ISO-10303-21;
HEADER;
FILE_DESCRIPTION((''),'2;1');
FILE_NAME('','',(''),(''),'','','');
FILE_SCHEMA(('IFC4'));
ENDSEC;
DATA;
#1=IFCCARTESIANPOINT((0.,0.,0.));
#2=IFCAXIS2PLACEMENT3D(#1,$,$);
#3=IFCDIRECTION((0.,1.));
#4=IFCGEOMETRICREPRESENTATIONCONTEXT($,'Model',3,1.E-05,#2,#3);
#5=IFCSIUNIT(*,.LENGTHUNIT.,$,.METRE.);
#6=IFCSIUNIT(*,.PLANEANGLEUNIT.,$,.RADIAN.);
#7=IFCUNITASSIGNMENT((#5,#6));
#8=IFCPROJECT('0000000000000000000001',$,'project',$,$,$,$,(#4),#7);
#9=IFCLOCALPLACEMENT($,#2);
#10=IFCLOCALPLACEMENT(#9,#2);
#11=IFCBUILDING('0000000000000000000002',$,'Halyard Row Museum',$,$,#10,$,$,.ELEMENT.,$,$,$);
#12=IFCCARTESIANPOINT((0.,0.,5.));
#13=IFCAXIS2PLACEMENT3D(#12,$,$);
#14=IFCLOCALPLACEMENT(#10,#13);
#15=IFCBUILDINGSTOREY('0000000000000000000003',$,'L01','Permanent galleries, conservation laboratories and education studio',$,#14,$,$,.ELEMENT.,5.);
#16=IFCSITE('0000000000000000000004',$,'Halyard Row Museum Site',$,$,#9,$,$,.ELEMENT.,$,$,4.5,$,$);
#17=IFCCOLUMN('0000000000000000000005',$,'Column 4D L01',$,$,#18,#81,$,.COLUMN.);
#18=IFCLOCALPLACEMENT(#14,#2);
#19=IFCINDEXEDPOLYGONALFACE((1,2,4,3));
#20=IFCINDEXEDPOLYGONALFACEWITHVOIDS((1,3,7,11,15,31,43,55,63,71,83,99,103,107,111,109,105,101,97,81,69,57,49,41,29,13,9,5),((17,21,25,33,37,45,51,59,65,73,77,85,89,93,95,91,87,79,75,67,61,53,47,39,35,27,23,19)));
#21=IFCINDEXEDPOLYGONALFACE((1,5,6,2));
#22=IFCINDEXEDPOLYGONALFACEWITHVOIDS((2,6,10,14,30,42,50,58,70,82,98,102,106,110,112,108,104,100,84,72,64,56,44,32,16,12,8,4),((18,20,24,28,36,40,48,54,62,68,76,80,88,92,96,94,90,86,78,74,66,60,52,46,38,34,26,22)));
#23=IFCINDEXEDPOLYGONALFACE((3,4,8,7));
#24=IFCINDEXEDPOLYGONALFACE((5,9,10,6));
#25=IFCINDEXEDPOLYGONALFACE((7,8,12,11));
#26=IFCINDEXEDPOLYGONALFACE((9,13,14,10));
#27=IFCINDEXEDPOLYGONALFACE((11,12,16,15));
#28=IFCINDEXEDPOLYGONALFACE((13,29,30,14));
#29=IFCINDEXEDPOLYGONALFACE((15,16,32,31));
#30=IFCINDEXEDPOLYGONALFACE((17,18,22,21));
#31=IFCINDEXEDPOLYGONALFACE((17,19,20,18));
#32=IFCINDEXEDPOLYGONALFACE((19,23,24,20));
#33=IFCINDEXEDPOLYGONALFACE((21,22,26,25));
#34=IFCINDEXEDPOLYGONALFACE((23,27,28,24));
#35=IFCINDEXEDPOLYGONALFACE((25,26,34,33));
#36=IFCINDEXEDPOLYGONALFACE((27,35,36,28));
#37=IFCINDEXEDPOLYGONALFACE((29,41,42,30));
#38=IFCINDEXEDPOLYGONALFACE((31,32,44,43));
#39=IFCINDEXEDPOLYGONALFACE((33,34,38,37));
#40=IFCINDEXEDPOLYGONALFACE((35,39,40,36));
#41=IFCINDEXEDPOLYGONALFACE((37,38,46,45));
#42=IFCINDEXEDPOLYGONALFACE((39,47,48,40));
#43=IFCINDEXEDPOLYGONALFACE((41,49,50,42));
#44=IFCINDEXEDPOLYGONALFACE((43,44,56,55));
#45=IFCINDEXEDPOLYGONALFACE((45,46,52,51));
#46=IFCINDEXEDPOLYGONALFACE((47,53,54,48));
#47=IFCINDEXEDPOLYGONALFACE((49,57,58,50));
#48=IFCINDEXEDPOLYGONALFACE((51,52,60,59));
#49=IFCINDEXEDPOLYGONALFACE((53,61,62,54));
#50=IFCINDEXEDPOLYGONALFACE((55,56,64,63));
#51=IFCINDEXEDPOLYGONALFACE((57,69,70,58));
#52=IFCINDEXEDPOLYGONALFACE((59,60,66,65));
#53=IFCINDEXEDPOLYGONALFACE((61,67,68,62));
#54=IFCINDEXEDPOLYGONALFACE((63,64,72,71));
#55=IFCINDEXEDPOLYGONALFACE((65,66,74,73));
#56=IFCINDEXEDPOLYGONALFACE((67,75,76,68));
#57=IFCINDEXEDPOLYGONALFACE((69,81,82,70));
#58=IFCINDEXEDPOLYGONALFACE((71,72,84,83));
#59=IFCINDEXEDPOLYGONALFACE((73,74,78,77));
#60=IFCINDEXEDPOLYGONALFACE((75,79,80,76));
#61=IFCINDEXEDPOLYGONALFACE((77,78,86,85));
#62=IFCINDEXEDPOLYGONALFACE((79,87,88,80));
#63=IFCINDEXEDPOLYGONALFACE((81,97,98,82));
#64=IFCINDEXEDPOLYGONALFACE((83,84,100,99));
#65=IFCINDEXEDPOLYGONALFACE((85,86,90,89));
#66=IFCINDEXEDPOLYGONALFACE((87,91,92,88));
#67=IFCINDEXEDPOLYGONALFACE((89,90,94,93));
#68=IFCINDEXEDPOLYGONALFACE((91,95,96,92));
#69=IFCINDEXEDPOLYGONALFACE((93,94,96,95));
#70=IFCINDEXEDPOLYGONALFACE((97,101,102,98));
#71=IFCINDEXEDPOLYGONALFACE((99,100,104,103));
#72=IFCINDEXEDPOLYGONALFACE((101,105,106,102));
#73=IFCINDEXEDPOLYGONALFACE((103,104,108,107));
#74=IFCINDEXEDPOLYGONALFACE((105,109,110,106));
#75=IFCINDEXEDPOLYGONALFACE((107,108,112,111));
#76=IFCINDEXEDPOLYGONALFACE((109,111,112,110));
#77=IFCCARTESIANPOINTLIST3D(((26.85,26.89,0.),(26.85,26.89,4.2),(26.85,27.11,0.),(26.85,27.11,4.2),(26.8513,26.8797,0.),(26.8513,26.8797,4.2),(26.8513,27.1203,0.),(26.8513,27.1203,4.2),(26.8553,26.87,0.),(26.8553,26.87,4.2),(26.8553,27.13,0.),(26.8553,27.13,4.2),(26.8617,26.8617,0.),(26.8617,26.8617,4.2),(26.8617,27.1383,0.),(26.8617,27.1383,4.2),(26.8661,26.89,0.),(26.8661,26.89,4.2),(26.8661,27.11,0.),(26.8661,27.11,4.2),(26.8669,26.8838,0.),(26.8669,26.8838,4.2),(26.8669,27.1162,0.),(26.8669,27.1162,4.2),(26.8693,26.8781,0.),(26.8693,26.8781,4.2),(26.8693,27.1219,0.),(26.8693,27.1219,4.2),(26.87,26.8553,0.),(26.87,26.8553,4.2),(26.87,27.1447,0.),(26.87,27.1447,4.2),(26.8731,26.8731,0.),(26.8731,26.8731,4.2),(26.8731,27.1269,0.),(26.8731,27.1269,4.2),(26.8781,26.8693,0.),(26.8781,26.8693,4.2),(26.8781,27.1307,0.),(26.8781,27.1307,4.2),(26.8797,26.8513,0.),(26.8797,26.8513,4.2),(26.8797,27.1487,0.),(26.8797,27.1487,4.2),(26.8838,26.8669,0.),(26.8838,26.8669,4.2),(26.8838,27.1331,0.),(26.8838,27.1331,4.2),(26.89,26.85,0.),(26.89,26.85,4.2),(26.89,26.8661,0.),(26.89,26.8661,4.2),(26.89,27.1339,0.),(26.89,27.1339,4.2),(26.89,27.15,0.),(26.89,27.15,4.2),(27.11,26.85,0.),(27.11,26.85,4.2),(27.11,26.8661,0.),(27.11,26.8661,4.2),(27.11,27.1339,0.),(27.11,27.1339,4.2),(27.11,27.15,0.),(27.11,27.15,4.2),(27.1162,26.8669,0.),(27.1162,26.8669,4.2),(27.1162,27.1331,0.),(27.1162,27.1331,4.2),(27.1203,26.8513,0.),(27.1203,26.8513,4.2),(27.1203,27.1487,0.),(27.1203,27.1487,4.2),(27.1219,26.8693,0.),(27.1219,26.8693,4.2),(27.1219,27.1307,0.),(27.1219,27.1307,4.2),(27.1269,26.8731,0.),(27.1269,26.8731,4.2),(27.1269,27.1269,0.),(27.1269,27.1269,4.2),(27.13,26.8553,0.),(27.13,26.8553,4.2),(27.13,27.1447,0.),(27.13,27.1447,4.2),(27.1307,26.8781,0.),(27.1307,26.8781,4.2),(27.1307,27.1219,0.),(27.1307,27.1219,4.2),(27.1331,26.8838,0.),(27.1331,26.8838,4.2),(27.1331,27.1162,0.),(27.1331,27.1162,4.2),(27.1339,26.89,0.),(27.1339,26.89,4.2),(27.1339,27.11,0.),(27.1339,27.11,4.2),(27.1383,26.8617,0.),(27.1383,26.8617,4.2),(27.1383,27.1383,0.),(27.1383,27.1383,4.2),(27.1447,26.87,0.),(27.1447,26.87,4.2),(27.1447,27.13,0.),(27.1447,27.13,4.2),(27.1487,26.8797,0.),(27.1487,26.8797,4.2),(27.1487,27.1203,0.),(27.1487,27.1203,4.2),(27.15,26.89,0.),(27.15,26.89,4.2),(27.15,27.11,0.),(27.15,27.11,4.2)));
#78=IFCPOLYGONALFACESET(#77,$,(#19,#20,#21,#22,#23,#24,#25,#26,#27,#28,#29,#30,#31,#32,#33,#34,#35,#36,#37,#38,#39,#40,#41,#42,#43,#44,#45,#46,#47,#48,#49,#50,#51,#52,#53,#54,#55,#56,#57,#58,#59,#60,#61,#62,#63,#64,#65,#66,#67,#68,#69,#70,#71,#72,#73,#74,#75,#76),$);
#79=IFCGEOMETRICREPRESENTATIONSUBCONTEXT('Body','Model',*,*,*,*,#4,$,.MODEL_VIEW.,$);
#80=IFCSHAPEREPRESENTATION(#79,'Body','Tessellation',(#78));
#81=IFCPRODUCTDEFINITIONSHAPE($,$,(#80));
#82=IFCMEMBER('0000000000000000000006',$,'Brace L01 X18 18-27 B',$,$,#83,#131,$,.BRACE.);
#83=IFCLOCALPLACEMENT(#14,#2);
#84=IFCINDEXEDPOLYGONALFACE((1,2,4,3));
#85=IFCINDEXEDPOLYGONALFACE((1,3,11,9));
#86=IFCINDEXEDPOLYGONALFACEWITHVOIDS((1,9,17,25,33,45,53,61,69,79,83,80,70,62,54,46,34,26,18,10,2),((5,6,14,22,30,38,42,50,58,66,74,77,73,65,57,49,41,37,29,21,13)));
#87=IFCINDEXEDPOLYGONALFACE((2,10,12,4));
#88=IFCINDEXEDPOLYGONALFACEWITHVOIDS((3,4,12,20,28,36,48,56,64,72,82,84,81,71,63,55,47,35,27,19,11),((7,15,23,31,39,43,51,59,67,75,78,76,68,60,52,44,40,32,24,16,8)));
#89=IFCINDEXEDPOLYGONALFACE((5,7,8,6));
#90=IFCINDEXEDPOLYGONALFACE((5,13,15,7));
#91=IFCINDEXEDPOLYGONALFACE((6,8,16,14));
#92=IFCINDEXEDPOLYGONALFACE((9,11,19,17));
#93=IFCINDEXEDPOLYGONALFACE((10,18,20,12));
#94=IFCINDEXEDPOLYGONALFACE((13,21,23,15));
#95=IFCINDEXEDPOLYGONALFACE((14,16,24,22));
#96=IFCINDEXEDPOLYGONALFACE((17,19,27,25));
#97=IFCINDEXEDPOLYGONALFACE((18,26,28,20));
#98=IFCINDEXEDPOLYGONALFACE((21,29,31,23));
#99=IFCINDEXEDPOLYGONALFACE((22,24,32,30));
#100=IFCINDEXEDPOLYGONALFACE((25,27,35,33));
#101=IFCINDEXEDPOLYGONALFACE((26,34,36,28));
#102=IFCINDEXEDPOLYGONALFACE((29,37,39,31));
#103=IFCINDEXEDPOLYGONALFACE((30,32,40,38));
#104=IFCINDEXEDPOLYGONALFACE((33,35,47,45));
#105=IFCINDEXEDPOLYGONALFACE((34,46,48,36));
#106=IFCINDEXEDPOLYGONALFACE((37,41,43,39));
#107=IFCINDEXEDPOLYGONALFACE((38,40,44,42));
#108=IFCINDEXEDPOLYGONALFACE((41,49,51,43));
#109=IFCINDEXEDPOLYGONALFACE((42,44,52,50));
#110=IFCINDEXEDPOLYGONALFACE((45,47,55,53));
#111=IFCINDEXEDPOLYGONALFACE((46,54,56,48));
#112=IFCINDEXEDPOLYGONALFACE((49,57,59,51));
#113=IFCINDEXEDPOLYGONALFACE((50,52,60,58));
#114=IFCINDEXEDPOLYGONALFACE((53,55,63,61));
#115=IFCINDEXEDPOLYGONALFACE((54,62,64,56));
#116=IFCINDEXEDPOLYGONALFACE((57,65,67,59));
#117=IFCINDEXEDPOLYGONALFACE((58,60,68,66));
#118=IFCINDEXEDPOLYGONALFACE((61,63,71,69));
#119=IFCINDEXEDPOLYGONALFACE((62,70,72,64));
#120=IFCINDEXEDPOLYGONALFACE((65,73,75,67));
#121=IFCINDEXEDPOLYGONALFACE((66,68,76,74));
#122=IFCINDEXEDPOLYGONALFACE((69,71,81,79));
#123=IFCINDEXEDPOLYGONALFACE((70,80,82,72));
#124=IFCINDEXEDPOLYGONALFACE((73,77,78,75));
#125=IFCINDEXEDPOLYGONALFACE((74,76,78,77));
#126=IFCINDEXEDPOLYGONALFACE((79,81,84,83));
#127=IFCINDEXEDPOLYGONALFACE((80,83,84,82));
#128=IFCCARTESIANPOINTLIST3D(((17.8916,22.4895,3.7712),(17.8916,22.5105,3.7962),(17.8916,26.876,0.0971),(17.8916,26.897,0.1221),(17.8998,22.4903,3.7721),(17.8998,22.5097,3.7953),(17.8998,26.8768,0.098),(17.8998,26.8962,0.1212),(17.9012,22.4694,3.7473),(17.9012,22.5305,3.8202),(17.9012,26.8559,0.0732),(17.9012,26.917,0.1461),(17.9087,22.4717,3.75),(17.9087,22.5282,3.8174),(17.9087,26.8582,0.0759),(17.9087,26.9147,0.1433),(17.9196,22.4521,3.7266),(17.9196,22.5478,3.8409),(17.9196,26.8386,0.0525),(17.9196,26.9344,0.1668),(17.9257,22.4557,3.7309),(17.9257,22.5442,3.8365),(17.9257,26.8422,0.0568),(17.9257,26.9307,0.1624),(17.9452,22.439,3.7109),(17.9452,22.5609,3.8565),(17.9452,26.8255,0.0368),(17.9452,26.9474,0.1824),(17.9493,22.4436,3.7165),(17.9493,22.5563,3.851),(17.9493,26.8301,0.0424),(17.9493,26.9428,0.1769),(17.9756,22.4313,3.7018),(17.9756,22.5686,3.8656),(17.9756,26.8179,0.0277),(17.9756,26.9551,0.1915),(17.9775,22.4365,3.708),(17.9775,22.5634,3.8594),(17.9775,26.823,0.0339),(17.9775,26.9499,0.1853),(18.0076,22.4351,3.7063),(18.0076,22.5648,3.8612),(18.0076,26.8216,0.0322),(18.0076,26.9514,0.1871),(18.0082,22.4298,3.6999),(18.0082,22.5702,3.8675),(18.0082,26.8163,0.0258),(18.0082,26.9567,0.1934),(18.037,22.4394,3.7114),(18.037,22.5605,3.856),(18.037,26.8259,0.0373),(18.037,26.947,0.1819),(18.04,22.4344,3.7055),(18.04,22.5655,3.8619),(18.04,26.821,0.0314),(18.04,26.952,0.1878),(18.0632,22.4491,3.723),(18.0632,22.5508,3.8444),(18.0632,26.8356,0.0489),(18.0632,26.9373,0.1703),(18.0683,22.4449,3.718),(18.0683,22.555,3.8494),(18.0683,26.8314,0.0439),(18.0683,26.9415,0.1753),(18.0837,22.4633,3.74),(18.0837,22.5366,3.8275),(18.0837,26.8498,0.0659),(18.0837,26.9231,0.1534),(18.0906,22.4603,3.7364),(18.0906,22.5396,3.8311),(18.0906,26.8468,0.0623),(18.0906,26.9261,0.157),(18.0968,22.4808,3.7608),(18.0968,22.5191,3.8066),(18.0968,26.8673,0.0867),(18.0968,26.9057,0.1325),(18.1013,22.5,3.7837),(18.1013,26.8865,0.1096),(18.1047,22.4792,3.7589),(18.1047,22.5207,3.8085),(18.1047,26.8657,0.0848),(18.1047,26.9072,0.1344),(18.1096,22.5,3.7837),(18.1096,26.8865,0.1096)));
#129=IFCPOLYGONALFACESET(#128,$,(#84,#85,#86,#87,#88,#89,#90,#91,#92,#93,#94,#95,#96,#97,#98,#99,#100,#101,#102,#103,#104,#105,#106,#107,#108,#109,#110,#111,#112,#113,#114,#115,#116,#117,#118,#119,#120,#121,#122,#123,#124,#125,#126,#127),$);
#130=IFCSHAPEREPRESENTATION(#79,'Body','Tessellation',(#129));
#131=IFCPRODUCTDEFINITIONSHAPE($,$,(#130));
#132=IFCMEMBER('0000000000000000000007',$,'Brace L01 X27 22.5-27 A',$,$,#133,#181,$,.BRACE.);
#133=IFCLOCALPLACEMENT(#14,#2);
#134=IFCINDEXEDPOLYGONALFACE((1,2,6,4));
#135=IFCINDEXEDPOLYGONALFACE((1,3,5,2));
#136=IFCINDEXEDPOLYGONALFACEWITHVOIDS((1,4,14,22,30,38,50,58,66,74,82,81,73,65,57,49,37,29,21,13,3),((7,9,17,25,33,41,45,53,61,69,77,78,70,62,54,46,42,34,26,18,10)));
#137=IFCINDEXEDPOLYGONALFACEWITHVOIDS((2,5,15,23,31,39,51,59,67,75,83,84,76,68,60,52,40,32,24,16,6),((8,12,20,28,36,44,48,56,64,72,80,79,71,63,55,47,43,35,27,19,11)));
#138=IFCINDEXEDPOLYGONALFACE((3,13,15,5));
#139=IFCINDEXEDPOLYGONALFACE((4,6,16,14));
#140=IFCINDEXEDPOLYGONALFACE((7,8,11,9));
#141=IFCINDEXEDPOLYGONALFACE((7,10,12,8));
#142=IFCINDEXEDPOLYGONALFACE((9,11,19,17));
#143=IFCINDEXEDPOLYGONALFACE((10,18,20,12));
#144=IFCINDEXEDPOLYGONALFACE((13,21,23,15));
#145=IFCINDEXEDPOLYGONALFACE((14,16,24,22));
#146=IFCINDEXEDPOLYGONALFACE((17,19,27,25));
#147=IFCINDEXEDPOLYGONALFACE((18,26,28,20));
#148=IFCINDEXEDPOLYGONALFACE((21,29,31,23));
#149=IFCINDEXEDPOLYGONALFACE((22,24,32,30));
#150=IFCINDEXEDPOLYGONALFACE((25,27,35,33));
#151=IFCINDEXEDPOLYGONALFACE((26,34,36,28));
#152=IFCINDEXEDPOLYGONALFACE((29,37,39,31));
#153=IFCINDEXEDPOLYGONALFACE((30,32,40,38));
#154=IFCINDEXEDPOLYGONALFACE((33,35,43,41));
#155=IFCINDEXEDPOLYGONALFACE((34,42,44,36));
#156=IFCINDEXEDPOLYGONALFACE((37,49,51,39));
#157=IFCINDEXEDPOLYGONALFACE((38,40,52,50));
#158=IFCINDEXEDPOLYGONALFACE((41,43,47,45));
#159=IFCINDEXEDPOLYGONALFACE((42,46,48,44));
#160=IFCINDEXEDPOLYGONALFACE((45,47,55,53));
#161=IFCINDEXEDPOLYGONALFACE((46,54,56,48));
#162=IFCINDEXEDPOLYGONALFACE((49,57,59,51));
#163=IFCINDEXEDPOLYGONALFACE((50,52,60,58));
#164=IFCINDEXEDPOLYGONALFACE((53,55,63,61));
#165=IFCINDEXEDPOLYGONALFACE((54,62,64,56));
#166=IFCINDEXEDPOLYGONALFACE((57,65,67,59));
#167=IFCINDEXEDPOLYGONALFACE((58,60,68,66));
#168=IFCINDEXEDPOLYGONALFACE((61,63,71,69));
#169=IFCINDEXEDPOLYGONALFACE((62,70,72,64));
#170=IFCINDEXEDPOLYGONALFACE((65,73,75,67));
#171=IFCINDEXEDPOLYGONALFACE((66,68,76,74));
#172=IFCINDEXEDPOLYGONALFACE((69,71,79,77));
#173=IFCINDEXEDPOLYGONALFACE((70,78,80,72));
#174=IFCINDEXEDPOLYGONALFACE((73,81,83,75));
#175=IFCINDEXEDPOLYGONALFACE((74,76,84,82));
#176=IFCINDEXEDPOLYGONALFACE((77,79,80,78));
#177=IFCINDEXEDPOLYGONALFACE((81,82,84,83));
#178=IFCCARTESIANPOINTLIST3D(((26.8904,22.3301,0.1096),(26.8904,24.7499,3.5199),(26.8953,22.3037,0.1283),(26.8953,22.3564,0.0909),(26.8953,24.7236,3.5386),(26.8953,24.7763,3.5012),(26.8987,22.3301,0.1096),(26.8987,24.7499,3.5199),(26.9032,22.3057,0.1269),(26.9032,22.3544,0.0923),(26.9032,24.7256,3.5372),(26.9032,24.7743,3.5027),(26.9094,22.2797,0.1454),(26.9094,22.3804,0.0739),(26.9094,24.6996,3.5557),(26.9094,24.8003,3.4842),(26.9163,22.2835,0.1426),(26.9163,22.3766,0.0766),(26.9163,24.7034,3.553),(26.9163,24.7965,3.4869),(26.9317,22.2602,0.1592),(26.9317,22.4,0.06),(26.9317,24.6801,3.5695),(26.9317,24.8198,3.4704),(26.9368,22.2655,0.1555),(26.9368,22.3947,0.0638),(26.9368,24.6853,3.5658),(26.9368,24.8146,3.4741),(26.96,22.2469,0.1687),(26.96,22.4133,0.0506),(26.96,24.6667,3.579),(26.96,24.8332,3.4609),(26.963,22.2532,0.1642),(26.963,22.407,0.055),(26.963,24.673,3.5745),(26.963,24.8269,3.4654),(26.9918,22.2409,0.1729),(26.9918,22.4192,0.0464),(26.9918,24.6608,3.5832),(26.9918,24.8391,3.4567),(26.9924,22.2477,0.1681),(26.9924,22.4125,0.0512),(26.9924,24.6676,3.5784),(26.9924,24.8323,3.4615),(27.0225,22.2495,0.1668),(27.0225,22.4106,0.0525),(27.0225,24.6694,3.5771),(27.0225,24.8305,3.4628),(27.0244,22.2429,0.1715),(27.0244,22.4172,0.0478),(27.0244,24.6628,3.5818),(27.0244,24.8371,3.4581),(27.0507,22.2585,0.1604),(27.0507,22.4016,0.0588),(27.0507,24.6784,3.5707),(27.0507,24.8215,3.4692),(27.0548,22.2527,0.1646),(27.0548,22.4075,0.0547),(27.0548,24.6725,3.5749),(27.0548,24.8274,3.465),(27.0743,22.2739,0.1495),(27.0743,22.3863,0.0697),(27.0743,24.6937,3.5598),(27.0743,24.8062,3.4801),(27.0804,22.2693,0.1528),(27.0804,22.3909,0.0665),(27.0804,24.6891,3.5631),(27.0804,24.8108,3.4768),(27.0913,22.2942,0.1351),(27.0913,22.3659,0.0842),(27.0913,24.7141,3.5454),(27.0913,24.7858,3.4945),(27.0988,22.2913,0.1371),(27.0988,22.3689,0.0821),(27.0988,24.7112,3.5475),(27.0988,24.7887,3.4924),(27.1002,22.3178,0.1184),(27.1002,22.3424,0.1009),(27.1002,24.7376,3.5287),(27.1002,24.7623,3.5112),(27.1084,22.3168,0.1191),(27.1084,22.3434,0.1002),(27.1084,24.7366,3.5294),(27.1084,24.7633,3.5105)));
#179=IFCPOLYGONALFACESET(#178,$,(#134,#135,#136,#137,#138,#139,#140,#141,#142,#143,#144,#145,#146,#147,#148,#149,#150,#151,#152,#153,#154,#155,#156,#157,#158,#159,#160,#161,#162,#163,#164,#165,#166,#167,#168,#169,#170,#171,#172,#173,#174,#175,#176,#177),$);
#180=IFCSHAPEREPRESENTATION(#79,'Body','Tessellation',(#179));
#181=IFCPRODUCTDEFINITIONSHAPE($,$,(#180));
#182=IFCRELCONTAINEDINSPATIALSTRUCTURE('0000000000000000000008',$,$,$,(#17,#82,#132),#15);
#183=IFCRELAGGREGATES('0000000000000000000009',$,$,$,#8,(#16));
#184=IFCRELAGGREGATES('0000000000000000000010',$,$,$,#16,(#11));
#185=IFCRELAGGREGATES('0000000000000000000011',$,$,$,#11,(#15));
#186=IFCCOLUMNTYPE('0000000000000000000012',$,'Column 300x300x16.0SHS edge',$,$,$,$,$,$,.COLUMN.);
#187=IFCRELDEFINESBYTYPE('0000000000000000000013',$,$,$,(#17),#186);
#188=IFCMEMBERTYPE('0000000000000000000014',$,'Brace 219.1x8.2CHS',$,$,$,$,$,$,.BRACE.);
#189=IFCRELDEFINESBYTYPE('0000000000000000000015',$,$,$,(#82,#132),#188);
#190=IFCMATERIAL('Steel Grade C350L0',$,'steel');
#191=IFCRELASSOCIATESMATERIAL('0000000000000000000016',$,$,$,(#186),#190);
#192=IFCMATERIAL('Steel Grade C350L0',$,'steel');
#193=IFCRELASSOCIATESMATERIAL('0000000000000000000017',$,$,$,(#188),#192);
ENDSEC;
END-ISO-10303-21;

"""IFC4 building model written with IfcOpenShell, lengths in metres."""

from ifc_helpers import new_model, si_unit, direction, frame, origin, origin_2d, place, context, subcontext, project, spatial, hollow_rectangle, hollow_circle, extrude, material, material_profile, profile_set, type_object, element, save


model = new_model("IFC4")

# Units and contexts
model_context = context("Model", 3, precision=1e-05, world=origin(), true_north=direction((0.0, 1.0)))
body_context = subcontext(model_context, "Body", "Model", "MODEL_VIEW")
ifc_project = project(units=[si_unit("LENGTHUNIT", "METRE"), si_unit("PLANEANGLEUNIT", "RADIAN")], contexts=[model_context])

# Site, building, storey
site_placement = place(None, origin())
site = spatial("IfcSite", under=ifc_project, at=site_placement, Name="Halyard Row Museum Site", CompositionType="ELEMENT", RefElevation=4.5)
building_placement = place(site_placement, origin())
building = spatial("IfcBuilding", under=site, at=building_placement, Name="Halyard Row Museum", CompositionType="ELEMENT")
storey_placement = place(building_placement, frame((0.0, 0.0, 5.0)))
storey = spatial("IfcBuildingStorey", under=building, at=storey_placement, Name="L01", Description="Permanent galleries, conservation laboratories and education studio", CompositionType="ELEMENT", Elevation=5.0)

# Column
ifc_material_1 = material(Name="Steel Grade C350L0", Category="steel")
ifc_material_profile_1 = material_profile(ifc_material_1, hollow_rectangle(XDim=0.3, YDim=0.3, WallThickness=0.0161, InnerFilletRadius=0.0239, OuterFilletRadius=0.04, at=origin_2d()), Name="300x300x16.0SHS")
ifc_profile_set_1 = profile_set([ifc_material_profile_1], Name="Steel Grade C350L0")
column_type = type_object("IfcColumnType", Name="Column 300x300x16.0SHS edge", PredefinedType="COLUMN", material=ifc_profile_set_1)
column_placement = place(storey_placement, frame((27.0, 27.0, 0.0), z_axis=(0.0, 0.0, 1.0), x_axis=(1.0, 0.0, 0.0)))
element("IfcColumn", 1, at=column_placement, inside=storey, type_object=column_type, Name="Column 4D L01", PredefinedType="COLUMN", context=body_context, shape_type="SweptSolid", body=[
    extrude(hollow_rectangle(XDim=0.3, YDim=0.3, WallThickness=0.0161, InnerFilletRadius=0.0239, OuterFilletRadius=0.04, at=origin_2d()), origin(), (0.0, 0.0, 1.0), 4.2),
])

# Members
ifc_material_2 = material(Name="Steel Grade C350L0", Category="steel")
ifc_material_profile_2 = material_profile(ifc_material_2, hollow_circle(Radius=0.1096, WallThickness=0.0083, at=origin_2d()), Name="219.1x8.2CHS")
ifc_profile_set_2 = profile_set([ifc_material_profile_2], Name="Steel Grade C350L0")
member_type_1 = type_object("IfcMemberType", Name="Brace 219.1x8.2CHS", PredefinedType="BRACE", material=ifc_profile_set_2)
member_1_placement = place(storey_placement, frame((18.0, 26.8865, 0.1096), z_axis=(0.0, -0.766614, 0.642109), x_axis=(1.0, 0.0, 0.0)))
element("IfcMember", 2, at=member_1_placement, inside=storey, type_object=member_type_1, Name="Brace L01 X18 18-27 B", PredefinedType="BRACE", context=body_context, shape_type="SweptSolid", body=[
    extrude(hollow_circle(Radius=0.1096, WallThickness=0.0083, at=origin_2d()), origin(), (0.0, 0.0, 1.0), 5.7219),
])
member_2_placement = place(storey_placement, frame((27.0, 22.3301, 0.1096), z_axis=(0.0, 0.578689, 0.815548), x_axis=(-1.0, 0.0, 0.0)))
element("IfcMember", 3, at=member_2_placement, inside=storey, type_object=member_type_1, Name="Brace L01 X27 22.5-27 A", PredefinedType="BRACE", context=body_context, shape_type="SweptSolid", body=[
    extrude(hollow_circle(Radius=0.1096, WallThickness=0.0083, at=origin_2d()), origin(), (0.0, 0.0, 1.0), 4.1816),
])

save(model, "model.ifc")
